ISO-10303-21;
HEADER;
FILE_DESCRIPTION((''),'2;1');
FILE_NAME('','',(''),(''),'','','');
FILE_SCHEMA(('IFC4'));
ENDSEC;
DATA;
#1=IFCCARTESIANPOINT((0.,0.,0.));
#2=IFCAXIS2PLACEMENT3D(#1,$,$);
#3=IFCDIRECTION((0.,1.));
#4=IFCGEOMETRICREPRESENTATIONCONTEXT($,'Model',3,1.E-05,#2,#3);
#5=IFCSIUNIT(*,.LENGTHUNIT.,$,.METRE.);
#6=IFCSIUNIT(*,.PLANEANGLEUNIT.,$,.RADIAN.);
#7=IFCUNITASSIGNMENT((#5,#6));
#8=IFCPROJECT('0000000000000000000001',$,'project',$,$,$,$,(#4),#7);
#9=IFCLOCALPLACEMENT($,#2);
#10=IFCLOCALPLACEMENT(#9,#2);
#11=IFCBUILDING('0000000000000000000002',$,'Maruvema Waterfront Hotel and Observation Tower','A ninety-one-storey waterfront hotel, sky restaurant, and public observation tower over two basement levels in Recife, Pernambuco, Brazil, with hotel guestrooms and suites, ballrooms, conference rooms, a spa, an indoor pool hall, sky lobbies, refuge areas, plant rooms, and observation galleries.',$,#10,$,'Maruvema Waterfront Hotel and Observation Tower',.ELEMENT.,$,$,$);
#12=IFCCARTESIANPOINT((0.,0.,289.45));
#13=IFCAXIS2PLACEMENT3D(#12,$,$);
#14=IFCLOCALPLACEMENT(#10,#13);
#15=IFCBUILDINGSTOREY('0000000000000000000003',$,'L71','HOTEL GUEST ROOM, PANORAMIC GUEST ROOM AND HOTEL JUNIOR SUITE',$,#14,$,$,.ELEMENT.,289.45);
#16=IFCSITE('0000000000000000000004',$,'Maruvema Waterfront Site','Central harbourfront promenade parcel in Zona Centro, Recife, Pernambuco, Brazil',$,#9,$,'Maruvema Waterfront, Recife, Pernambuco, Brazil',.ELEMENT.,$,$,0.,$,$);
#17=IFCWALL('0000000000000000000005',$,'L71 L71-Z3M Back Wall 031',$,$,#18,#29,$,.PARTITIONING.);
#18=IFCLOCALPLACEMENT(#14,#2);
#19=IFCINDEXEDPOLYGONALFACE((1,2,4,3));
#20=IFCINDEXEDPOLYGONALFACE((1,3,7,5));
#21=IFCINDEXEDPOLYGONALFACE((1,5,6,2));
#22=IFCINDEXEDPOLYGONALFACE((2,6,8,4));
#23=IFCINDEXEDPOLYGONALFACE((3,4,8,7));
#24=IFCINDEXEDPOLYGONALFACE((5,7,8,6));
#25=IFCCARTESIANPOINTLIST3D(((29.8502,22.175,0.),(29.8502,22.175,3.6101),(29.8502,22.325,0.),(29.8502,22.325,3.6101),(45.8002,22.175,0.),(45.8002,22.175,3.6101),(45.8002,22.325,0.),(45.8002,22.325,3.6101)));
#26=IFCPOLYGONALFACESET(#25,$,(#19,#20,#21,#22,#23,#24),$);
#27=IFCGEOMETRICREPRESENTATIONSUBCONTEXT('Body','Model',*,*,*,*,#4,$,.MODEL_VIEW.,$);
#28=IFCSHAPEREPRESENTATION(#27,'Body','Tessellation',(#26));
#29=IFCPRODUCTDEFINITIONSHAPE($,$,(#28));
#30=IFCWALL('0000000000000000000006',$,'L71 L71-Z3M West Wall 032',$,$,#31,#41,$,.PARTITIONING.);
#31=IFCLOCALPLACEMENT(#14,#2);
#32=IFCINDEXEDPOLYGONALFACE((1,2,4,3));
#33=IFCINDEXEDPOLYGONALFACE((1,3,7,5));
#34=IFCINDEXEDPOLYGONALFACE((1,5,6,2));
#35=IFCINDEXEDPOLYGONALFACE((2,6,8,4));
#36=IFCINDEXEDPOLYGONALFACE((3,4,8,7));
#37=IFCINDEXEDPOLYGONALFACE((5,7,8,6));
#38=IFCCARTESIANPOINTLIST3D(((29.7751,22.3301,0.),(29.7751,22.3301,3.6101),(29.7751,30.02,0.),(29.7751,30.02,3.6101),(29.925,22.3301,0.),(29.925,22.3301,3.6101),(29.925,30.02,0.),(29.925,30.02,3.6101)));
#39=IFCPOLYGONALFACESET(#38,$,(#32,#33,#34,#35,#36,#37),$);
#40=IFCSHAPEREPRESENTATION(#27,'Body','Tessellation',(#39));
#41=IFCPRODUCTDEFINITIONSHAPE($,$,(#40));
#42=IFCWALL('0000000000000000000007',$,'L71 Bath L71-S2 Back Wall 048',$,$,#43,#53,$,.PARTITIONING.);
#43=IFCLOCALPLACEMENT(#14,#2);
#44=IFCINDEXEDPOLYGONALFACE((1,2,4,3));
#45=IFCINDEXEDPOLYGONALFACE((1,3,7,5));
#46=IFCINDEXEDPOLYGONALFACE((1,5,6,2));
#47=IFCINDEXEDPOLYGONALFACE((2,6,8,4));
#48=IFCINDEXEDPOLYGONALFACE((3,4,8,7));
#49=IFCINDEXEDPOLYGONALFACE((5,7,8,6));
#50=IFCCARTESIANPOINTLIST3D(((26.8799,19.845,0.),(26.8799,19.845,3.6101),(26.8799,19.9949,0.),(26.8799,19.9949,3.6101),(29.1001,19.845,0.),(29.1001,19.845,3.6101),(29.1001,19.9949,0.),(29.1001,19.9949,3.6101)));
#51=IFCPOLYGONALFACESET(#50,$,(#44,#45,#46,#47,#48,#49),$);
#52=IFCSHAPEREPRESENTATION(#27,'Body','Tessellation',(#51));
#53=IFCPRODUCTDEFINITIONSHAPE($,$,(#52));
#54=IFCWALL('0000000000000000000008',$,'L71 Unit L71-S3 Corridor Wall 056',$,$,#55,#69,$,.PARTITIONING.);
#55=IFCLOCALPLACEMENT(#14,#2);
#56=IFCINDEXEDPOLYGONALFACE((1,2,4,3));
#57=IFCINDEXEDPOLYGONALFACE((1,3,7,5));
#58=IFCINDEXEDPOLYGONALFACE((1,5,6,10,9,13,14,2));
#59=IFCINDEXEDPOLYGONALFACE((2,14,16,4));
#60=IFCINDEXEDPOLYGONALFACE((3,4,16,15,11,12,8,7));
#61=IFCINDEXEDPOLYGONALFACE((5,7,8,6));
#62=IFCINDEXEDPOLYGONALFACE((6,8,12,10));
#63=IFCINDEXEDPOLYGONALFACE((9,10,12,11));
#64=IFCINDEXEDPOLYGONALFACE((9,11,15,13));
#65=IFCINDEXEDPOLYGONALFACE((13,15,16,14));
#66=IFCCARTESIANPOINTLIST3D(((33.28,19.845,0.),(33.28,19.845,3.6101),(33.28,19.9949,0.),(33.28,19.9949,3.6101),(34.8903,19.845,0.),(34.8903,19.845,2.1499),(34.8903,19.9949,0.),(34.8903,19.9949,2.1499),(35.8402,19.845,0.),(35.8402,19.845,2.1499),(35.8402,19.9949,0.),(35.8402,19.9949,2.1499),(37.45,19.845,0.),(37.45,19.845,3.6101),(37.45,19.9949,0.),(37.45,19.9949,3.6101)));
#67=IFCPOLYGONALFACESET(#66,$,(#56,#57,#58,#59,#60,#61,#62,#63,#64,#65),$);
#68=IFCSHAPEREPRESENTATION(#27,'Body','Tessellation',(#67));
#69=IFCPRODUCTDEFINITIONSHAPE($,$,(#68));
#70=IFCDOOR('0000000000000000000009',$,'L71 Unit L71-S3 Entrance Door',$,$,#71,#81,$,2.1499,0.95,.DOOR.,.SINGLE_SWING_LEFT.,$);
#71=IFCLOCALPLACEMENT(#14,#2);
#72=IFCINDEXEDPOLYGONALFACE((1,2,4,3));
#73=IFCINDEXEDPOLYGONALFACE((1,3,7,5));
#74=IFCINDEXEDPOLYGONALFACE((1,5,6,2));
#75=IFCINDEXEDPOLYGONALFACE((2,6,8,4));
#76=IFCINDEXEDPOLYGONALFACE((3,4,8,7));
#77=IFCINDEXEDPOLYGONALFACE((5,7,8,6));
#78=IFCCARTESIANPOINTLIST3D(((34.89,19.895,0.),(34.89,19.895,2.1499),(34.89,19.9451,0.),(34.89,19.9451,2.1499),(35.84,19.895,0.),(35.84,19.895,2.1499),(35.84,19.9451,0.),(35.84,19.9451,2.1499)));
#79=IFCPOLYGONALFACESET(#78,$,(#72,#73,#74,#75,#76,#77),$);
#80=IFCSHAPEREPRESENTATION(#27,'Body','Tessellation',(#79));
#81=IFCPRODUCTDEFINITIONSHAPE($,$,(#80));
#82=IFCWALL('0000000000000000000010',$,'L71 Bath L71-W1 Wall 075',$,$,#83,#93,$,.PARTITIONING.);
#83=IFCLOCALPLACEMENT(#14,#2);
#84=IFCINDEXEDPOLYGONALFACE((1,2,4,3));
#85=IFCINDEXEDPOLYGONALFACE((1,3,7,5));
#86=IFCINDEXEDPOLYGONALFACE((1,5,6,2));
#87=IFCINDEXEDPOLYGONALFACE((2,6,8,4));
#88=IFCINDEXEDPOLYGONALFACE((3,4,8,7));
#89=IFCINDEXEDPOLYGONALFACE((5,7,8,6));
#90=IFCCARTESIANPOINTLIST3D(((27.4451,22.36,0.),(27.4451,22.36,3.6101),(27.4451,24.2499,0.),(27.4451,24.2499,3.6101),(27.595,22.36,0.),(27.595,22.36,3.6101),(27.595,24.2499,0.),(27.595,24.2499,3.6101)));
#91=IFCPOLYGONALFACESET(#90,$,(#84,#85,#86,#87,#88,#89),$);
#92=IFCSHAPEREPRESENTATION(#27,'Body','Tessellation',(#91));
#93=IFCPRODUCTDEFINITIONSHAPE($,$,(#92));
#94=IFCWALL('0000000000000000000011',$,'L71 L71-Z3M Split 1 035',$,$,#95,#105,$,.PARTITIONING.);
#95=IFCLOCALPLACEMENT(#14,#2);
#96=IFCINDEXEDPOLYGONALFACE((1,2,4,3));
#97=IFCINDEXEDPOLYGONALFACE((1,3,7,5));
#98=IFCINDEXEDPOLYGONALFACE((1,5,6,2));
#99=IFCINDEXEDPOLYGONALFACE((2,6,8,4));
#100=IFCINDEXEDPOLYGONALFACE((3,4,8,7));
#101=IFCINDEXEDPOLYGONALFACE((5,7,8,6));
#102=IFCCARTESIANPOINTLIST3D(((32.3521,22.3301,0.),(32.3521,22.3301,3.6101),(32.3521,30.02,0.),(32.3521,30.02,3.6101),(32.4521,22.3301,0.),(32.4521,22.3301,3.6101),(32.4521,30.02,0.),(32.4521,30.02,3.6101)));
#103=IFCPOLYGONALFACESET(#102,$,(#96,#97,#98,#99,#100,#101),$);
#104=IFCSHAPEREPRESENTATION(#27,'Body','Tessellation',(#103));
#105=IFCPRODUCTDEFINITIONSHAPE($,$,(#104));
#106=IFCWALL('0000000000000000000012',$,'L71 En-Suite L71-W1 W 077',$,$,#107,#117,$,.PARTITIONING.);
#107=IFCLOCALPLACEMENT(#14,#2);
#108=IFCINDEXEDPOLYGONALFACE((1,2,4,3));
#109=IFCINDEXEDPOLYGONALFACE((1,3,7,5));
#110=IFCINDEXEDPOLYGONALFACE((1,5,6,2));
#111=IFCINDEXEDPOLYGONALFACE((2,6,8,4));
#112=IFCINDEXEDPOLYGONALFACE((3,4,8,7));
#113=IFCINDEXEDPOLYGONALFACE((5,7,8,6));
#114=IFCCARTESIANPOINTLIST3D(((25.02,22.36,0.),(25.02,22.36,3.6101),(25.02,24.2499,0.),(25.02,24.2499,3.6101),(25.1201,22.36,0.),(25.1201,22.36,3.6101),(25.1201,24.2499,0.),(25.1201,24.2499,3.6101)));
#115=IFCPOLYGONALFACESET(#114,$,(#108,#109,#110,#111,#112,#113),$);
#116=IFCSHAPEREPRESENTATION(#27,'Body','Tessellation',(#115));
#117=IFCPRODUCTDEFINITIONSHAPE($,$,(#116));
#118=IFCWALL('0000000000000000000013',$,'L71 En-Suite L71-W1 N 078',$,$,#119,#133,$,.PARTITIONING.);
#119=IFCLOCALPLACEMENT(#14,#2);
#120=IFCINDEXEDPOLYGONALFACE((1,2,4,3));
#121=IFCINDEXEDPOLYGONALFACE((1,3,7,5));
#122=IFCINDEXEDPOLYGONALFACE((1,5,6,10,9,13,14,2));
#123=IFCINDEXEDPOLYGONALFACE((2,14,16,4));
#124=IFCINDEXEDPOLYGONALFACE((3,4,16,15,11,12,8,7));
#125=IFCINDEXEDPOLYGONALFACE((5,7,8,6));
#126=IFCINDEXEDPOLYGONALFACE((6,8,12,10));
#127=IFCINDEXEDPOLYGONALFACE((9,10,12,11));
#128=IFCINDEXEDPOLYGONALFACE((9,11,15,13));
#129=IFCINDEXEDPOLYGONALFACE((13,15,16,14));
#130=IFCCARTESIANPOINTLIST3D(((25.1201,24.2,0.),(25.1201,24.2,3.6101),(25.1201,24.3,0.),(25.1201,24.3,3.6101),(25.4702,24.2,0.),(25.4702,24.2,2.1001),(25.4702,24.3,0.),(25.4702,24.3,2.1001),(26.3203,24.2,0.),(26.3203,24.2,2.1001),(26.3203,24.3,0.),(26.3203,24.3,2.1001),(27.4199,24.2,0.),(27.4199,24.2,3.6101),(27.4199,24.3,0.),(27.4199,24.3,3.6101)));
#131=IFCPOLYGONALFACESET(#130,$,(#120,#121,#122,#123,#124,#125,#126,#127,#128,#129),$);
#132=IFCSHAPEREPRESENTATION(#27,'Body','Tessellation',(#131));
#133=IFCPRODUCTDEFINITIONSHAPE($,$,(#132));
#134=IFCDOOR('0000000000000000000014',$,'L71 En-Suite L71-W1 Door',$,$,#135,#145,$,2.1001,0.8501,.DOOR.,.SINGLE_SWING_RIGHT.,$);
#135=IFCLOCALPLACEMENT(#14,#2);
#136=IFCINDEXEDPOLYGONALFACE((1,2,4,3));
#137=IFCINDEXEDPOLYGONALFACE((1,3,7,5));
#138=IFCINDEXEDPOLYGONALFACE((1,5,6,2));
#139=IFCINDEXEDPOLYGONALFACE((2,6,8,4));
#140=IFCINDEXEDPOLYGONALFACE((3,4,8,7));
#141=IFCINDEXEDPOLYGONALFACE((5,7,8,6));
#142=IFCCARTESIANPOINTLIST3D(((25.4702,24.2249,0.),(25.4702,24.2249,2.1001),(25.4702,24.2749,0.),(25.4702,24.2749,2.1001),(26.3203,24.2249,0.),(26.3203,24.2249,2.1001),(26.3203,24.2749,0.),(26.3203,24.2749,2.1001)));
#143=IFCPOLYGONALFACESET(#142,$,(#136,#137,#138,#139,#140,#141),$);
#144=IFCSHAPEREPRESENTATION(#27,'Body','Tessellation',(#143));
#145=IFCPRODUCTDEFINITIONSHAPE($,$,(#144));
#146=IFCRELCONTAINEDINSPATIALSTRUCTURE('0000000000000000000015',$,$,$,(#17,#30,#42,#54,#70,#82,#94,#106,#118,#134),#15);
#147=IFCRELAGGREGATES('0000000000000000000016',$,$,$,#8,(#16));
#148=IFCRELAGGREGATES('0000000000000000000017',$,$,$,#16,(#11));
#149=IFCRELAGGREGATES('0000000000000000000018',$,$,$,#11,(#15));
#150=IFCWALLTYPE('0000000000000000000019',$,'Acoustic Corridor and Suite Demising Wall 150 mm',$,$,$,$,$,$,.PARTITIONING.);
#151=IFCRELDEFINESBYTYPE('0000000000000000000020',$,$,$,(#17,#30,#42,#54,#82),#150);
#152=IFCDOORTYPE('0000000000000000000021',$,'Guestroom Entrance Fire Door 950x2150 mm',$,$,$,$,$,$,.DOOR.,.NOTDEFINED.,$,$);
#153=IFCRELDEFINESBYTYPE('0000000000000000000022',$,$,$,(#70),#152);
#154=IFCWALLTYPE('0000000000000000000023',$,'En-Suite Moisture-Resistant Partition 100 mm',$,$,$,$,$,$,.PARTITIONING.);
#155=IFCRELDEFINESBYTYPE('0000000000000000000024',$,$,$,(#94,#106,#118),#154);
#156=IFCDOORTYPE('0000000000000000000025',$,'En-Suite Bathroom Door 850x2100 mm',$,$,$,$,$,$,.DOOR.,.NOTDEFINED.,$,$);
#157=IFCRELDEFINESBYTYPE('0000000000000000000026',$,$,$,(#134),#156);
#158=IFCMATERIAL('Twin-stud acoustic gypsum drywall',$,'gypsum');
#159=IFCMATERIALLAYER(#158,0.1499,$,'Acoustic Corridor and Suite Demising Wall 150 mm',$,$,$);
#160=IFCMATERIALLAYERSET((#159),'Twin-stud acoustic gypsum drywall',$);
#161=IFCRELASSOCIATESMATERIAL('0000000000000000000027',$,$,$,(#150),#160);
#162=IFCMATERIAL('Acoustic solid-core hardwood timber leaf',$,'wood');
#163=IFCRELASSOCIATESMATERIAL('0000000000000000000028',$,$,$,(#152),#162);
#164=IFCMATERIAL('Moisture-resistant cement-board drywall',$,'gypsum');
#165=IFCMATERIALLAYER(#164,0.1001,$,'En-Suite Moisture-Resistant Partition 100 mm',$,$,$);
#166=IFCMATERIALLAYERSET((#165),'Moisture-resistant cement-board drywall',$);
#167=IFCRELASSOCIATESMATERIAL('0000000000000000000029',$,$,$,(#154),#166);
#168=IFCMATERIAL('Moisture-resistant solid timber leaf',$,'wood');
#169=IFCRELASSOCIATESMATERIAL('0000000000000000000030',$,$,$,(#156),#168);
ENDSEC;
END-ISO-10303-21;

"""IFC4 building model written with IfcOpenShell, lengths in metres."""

from ifc_helpers import new_model, si_unit, direction, frame, frame_2d, origin, place, context, subcontext, project, spatial, rectangle, extrude, material, layer, layer_set, type_object, element, fill, save


model = new_model("IFC4")

# Units and contexts
model_context = context("Model", 3, precision=1e-05, world=origin(), true_north=direction((0.0, 1.0)))
body_context = subcontext(model_context, "Body", "Model", "MODEL_VIEW")
ifc_project = project(units=[si_unit("LENGTHUNIT", "METRE"), si_unit("PLANEANGLEUNIT", "RADIAN")], contexts=[model_context])

# Site, building, storey
site_placement = place(None, origin())
site = spatial("IfcSite", under=ifc_project, at=site_placement, Name="Maruvema Waterfront Site", Description="Central harbourfront promenade parcel in Zona Centro, Recife, Pernambuco, Brazil", LongName="Maruvema Waterfront, Recife, Pernambuco, Brazil", CompositionType="ELEMENT", RefElevation=0.0)
building_placement = place(site_placement, origin())
building = spatial("IfcBuilding", under=site, at=building_placement, Name="Maruvema Waterfront Hotel and Observation Tower", Description="A ninety-one-storey waterfront hotel, sky restaurant, and public observation tower over two basement levels in Recife, Pernambuco, Brazil, with hotel guestrooms and suites, ballrooms, conference rooms, a spa, an indoor pool hall, sky lobbies, refuge areas, plant rooms, and observation galleries.", LongName="Maruvema Waterfront Hotel and Observation Tower", CompositionType="ELEMENT")
storey_placement = place(building_placement, frame((0.0, 0.0, 289.45)))
storey = spatial("IfcBuildingStorey", under=building, at=storey_placement, Name="L71", Description="HOTEL GUEST ROOM, PANORAMIC GUEST ROOM AND HOTEL JUNIOR SUITE", CompositionType="ELEMENT", Elevation=289.45)

# Walls
ifc_material_1 = material(Name="Twin-stud acoustic gypsum drywall", Category="gypsum")
ifc_layer_1 = layer(ifc_material_1, 0.1499, Name="Acoustic Corridor and Suite Demising Wall 150 mm")
ifc_layer_set_1 = layer_set([ifc_layer_1], Name="Twin-stud acoustic gypsum drywall")
wall_type_1 = type_object("IfcWallType", Name="Acoustic Corridor and Suite Demising Wall 150 mm", PredefinedType="PARTITIONING", material=ifc_layer_set_1)
wall_1_placement = place(storey_placement, frame((29.8501, 22.25, 0.0), z_axis=(0.0, 0.0, 1.0), x_axis=(1.0, 0.0, 0.0)))
element("IfcWall", 1, at=wall_1_placement, inside=storey, type_object=wall_type_1, Name="L71 L71-Z3M Back Wall 031", PredefinedType="PARTITIONING", context=body_context, shape_type="SweptSolid", body=[
    extrude(rectangle(XDim=15.95, YDim=0.1499, at=frame_2d((7.9751, 0.0))), origin(), (0.0, 0.0, 1.0), 3.6101),
])
wall_2_placement = place(storey_placement, frame((29.8501, 22.3301, 0.0), z_axis=(0.0, 0.0, 1.0), x_axis=(0.0, 1.0, 0.0)))
element("IfcWall", 2, at=wall_2_placement, inside=storey, type_object=wall_type_1, Name="L71 L71-Z3M West Wall 032", PredefinedType="PARTITIONING", context=body_context, shape_type="SweptSolid", body=[
    extrude(rectangle(XDim=7.6899, YDim=0.1499, at=frame_2d((3.845, 0.0))), origin(), (0.0, 0.0, 1.0), 3.6101),
])

# Shared definitions
ifc_material_2 = material(Name="Acoustic solid-core hardwood timber leaf", Category="wood")
door_type_1 = type_object("IfcDoorType", Name="Guestroom Entrance Fire Door 950x2150 mm", OperationType="NOTDEFINED", PredefinedType="DOOR", material=ifc_material_2)

# Wall
wall_3_placement = place(storey_placement, frame((26.8799, 19.9199, 0.0), z_axis=(0.0, 0.0, 1.0), x_axis=(1.0, 0.0, 0.0)))
element("IfcWall", 3, at=wall_3_placement, inside=storey, type_object=wall_type_1, Name="L71 Bath L71-S2 Back Wall 048", PredefinedType="PARTITIONING", context=body_context, shape_type="SweptSolid", body=[
    extrude(rectangle(XDim=2.2202, YDim=0.1499, at=frame_2d((1.1101, 0.0))), origin(), (0.0, 0.0, 1.0), 3.6101),
])

# Wall, opening, door
wall_4_placement = place(storey_placement, frame((33.28, 19.9199, 0.0), z_axis=(0.0, 0.0, 1.0), x_axis=(1.0, 0.0, 0.0)))
wall_4 = element("IfcWall", 4, at=wall_4_placement, inside=storey, type_object=wall_type_1, Name="L71 Unit L71-S3 Corridor Wall 056", PredefinedType="PARTITIONING", context=body_context, shape_type="SweptSolid", body=[
    extrude(rectangle(XDim=4.1699, YDim=0.1499, at=frame_2d((2.085, 0.0))), origin(), (0.0, 0.0, 1.0), 3.6101),
])
opening_1_placement = place(wall_4_placement, frame((1.6101, 0.0, 0.0)))
opening_1 = element("IfcOpeningElement", 5, at=opening_1_placement, cuts=wall_4, PredefinedType="OPENING", context=body_context, shape_type="SweptSolid", body=[
    extrude(rectangle(XDim=0.95, YDim=2.1499, at=frame_2d((0.4751, 1.075))), frame((0.0, 0.085, 0.0), z_axis=(0.0, -1.0, 0.0), x_axis=(1.0, 0.0, 0.0)), (0.0, 0.0, 1.0), 0.1699),
])
door_1_placement = place(opening_1_placement, frame((0.95, 0.0, 0.0), z_axis=(0.0, 0.0, 1.0), x_axis=(-1.0, 0.0, 0.0)))
door_1 = element("IfcDoor", 6, at=door_1_placement, inside=storey, type_object=door_type_1, Name="L71 Unit L71-S3 Entrance Door", OperationType="SINGLE_SWING_LEFT", OverallHeight=2.1499, OverallWidth=0.95, PredefinedType="DOOR", context=body_context, shape_type="SweptSolid", body=[
    extrude(rectangle(XDim=0.95, YDim=2.1499, at=frame_2d((0.4751, 1.075))), frame((0.0, 0.0249, 0.0), z_axis=(0.0, -1.0, 0.0), x_axis=(1.0, 0.0, 0.0)), (0.0, 0.0, 1.0), 0.05),
])
fill(opening_1, door_1)

# Wall
wall_5_placement = place(storey_placement, frame((27.52, 22.3601, 0.0), z_axis=(0.0, 0.0, 1.0), x_axis=(0.0, 1.0, 0.0)))
element("IfcWall", 7, at=wall_5_placement, inside=storey, type_object=wall_type_1, Name="L71 Bath L71-W1 Wall 075", PredefinedType="PARTITIONING", context=body_context, shape_type="SweptSolid", body=[
    extrude(rectangle(XDim=1.8899, YDim=0.1499, at=frame_2d((0.9448, 0.0))), origin(), (0.0, 0.0, 1.0), 3.6101),
])

# Walls
ifc_material_3 = material(Name="Moisture-resistant cement-board drywall", Category="gypsum")
ifc_layer_2 = layer(ifc_material_3, 0.1001, Name="En-Suite Moisture-Resistant Partition 100 mm")
ifc_layer_set_2 = layer_set([ifc_layer_2], Name="Moisture-resistant cement-board drywall")
wall_type_2 = type_object("IfcWallType", Name="En-Suite Moisture-Resistant Partition 100 mm", PredefinedType="PARTITIONING", material=ifc_layer_set_2)
wall_6_placement = place(storey_placement, frame((32.4021, 22.3301, 0.0), z_axis=(0.0, 0.0, 1.0), x_axis=(0.0, 1.0, 0.0)))
element("IfcWall", 8, at=wall_6_placement, inside=storey, type_object=wall_type_2, Name="L71 L71-Z3M Split 1 035", PredefinedType="PARTITIONING", context=body_context, shape_type="SweptSolid", body=[
    extrude(rectangle(XDim=7.6899, YDim=0.1001, at=frame_2d((3.845, 0.0))), origin(), (0.0, 0.0, 1.0), 3.6101),
])
wall_7_placement = place(storey_placement, frame((25.0701, 22.3601, 0.0), z_axis=(0.0, 0.0, 1.0), x_axis=(0.0, 1.0, 0.0)))
element("IfcWall", 9, at=wall_7_placement, inside=storey, type_object=wall_type_2, Name="L71 En-Suite L71-W1 W 077", PredefinedType="PARTITIONING", context=body_context, shape_type="SweptSolid", body=[
    extrude(rectangle(XDim=1.8899, YDim=0.1001, at=frame_2d((0.9448, 0.0))), origin(), (0.0, 0.0, 1.0), 3.6101),
])

# Wall, opening, door
wall_8_placement = place(storey_placement, frame((25.1201, 24.25, 0.0), z_axis=(0.0, 0.0, 1.0), x_axis=(1.0, 0.0, 0.0)))
wall_8 = element("IfcWall", 10, at=wall_8_placement, inside=storey, type_object=wall_type_2, Name="L71 En-Suite L71-W1 N 078", PredefinedType="PARTITIONING", context=body_context, shape_type="SweptSolid", body=[
    extrude(rectangle(XDim=2.2998, YDim=0.1001, at=frame_2d((1.1499, 0.0))), origin(), (0.0, 0.0, 1.0), 3.6101),
])
opening_2_placement = place(wall_8_placement, frame((0.3501, 0.0, 0.0)))
opening_2 = element("IfcOpeningElement", 11, at=opening_2_placement, cuts=wall_8, PredefinedType="OPENING", context=body_context, shape_type="SweptSolid", body=[
    extrude(rectangle(XDim=0.8501, YDim=2.1001, at=frame_2d((0.425, 1.05))), frame((0.0, 0.0601, 0.0), z_axis=(0.0, -1.0, 0.0), x_axis=(1.0, 0.0, 0.0)), (0.0, 0.0, 1.0), 0.1201),
])
ifc_material_4 = material(Name="Moisture-resistant solid timber leaf", Category="wood")
door_type_2 = type_object("IfcDoorType", Name="En-Suite Bathroom Door 850x2100 mm", OperationType="NOTDEFINED", PredefinedType="DOOR", material=ifc_material_4)
door_2_placement = place(opening_2_placement, origin())
door_2 = element("IfcDoor", 12, at=door_2_placement, inside=storey, type_object=door_type_2, Name="L71 En-Suite L71-W1 Door", OperationType="SINGLE_SWING_RIGHT", OverallHeight=2.1001, OverallWidth=0.8501, PredefinedType="DOOR", context=body_context, shape_type="SweptSolid", body=[
    extrude(rectangle(XDim=0.8501, YDim=2.1001, at=frame_2d((0.425, 1.05))), frame((0.0, 0.0249, 0.0), z_axis=(0.0, -1.0, 0.0), x_axis=(1.0, 0.0, 0.0)), (0.0, 0.0, 1.0), 0.05),
])
fill(opening_2, door_2)

save(model, "model.ifc")
